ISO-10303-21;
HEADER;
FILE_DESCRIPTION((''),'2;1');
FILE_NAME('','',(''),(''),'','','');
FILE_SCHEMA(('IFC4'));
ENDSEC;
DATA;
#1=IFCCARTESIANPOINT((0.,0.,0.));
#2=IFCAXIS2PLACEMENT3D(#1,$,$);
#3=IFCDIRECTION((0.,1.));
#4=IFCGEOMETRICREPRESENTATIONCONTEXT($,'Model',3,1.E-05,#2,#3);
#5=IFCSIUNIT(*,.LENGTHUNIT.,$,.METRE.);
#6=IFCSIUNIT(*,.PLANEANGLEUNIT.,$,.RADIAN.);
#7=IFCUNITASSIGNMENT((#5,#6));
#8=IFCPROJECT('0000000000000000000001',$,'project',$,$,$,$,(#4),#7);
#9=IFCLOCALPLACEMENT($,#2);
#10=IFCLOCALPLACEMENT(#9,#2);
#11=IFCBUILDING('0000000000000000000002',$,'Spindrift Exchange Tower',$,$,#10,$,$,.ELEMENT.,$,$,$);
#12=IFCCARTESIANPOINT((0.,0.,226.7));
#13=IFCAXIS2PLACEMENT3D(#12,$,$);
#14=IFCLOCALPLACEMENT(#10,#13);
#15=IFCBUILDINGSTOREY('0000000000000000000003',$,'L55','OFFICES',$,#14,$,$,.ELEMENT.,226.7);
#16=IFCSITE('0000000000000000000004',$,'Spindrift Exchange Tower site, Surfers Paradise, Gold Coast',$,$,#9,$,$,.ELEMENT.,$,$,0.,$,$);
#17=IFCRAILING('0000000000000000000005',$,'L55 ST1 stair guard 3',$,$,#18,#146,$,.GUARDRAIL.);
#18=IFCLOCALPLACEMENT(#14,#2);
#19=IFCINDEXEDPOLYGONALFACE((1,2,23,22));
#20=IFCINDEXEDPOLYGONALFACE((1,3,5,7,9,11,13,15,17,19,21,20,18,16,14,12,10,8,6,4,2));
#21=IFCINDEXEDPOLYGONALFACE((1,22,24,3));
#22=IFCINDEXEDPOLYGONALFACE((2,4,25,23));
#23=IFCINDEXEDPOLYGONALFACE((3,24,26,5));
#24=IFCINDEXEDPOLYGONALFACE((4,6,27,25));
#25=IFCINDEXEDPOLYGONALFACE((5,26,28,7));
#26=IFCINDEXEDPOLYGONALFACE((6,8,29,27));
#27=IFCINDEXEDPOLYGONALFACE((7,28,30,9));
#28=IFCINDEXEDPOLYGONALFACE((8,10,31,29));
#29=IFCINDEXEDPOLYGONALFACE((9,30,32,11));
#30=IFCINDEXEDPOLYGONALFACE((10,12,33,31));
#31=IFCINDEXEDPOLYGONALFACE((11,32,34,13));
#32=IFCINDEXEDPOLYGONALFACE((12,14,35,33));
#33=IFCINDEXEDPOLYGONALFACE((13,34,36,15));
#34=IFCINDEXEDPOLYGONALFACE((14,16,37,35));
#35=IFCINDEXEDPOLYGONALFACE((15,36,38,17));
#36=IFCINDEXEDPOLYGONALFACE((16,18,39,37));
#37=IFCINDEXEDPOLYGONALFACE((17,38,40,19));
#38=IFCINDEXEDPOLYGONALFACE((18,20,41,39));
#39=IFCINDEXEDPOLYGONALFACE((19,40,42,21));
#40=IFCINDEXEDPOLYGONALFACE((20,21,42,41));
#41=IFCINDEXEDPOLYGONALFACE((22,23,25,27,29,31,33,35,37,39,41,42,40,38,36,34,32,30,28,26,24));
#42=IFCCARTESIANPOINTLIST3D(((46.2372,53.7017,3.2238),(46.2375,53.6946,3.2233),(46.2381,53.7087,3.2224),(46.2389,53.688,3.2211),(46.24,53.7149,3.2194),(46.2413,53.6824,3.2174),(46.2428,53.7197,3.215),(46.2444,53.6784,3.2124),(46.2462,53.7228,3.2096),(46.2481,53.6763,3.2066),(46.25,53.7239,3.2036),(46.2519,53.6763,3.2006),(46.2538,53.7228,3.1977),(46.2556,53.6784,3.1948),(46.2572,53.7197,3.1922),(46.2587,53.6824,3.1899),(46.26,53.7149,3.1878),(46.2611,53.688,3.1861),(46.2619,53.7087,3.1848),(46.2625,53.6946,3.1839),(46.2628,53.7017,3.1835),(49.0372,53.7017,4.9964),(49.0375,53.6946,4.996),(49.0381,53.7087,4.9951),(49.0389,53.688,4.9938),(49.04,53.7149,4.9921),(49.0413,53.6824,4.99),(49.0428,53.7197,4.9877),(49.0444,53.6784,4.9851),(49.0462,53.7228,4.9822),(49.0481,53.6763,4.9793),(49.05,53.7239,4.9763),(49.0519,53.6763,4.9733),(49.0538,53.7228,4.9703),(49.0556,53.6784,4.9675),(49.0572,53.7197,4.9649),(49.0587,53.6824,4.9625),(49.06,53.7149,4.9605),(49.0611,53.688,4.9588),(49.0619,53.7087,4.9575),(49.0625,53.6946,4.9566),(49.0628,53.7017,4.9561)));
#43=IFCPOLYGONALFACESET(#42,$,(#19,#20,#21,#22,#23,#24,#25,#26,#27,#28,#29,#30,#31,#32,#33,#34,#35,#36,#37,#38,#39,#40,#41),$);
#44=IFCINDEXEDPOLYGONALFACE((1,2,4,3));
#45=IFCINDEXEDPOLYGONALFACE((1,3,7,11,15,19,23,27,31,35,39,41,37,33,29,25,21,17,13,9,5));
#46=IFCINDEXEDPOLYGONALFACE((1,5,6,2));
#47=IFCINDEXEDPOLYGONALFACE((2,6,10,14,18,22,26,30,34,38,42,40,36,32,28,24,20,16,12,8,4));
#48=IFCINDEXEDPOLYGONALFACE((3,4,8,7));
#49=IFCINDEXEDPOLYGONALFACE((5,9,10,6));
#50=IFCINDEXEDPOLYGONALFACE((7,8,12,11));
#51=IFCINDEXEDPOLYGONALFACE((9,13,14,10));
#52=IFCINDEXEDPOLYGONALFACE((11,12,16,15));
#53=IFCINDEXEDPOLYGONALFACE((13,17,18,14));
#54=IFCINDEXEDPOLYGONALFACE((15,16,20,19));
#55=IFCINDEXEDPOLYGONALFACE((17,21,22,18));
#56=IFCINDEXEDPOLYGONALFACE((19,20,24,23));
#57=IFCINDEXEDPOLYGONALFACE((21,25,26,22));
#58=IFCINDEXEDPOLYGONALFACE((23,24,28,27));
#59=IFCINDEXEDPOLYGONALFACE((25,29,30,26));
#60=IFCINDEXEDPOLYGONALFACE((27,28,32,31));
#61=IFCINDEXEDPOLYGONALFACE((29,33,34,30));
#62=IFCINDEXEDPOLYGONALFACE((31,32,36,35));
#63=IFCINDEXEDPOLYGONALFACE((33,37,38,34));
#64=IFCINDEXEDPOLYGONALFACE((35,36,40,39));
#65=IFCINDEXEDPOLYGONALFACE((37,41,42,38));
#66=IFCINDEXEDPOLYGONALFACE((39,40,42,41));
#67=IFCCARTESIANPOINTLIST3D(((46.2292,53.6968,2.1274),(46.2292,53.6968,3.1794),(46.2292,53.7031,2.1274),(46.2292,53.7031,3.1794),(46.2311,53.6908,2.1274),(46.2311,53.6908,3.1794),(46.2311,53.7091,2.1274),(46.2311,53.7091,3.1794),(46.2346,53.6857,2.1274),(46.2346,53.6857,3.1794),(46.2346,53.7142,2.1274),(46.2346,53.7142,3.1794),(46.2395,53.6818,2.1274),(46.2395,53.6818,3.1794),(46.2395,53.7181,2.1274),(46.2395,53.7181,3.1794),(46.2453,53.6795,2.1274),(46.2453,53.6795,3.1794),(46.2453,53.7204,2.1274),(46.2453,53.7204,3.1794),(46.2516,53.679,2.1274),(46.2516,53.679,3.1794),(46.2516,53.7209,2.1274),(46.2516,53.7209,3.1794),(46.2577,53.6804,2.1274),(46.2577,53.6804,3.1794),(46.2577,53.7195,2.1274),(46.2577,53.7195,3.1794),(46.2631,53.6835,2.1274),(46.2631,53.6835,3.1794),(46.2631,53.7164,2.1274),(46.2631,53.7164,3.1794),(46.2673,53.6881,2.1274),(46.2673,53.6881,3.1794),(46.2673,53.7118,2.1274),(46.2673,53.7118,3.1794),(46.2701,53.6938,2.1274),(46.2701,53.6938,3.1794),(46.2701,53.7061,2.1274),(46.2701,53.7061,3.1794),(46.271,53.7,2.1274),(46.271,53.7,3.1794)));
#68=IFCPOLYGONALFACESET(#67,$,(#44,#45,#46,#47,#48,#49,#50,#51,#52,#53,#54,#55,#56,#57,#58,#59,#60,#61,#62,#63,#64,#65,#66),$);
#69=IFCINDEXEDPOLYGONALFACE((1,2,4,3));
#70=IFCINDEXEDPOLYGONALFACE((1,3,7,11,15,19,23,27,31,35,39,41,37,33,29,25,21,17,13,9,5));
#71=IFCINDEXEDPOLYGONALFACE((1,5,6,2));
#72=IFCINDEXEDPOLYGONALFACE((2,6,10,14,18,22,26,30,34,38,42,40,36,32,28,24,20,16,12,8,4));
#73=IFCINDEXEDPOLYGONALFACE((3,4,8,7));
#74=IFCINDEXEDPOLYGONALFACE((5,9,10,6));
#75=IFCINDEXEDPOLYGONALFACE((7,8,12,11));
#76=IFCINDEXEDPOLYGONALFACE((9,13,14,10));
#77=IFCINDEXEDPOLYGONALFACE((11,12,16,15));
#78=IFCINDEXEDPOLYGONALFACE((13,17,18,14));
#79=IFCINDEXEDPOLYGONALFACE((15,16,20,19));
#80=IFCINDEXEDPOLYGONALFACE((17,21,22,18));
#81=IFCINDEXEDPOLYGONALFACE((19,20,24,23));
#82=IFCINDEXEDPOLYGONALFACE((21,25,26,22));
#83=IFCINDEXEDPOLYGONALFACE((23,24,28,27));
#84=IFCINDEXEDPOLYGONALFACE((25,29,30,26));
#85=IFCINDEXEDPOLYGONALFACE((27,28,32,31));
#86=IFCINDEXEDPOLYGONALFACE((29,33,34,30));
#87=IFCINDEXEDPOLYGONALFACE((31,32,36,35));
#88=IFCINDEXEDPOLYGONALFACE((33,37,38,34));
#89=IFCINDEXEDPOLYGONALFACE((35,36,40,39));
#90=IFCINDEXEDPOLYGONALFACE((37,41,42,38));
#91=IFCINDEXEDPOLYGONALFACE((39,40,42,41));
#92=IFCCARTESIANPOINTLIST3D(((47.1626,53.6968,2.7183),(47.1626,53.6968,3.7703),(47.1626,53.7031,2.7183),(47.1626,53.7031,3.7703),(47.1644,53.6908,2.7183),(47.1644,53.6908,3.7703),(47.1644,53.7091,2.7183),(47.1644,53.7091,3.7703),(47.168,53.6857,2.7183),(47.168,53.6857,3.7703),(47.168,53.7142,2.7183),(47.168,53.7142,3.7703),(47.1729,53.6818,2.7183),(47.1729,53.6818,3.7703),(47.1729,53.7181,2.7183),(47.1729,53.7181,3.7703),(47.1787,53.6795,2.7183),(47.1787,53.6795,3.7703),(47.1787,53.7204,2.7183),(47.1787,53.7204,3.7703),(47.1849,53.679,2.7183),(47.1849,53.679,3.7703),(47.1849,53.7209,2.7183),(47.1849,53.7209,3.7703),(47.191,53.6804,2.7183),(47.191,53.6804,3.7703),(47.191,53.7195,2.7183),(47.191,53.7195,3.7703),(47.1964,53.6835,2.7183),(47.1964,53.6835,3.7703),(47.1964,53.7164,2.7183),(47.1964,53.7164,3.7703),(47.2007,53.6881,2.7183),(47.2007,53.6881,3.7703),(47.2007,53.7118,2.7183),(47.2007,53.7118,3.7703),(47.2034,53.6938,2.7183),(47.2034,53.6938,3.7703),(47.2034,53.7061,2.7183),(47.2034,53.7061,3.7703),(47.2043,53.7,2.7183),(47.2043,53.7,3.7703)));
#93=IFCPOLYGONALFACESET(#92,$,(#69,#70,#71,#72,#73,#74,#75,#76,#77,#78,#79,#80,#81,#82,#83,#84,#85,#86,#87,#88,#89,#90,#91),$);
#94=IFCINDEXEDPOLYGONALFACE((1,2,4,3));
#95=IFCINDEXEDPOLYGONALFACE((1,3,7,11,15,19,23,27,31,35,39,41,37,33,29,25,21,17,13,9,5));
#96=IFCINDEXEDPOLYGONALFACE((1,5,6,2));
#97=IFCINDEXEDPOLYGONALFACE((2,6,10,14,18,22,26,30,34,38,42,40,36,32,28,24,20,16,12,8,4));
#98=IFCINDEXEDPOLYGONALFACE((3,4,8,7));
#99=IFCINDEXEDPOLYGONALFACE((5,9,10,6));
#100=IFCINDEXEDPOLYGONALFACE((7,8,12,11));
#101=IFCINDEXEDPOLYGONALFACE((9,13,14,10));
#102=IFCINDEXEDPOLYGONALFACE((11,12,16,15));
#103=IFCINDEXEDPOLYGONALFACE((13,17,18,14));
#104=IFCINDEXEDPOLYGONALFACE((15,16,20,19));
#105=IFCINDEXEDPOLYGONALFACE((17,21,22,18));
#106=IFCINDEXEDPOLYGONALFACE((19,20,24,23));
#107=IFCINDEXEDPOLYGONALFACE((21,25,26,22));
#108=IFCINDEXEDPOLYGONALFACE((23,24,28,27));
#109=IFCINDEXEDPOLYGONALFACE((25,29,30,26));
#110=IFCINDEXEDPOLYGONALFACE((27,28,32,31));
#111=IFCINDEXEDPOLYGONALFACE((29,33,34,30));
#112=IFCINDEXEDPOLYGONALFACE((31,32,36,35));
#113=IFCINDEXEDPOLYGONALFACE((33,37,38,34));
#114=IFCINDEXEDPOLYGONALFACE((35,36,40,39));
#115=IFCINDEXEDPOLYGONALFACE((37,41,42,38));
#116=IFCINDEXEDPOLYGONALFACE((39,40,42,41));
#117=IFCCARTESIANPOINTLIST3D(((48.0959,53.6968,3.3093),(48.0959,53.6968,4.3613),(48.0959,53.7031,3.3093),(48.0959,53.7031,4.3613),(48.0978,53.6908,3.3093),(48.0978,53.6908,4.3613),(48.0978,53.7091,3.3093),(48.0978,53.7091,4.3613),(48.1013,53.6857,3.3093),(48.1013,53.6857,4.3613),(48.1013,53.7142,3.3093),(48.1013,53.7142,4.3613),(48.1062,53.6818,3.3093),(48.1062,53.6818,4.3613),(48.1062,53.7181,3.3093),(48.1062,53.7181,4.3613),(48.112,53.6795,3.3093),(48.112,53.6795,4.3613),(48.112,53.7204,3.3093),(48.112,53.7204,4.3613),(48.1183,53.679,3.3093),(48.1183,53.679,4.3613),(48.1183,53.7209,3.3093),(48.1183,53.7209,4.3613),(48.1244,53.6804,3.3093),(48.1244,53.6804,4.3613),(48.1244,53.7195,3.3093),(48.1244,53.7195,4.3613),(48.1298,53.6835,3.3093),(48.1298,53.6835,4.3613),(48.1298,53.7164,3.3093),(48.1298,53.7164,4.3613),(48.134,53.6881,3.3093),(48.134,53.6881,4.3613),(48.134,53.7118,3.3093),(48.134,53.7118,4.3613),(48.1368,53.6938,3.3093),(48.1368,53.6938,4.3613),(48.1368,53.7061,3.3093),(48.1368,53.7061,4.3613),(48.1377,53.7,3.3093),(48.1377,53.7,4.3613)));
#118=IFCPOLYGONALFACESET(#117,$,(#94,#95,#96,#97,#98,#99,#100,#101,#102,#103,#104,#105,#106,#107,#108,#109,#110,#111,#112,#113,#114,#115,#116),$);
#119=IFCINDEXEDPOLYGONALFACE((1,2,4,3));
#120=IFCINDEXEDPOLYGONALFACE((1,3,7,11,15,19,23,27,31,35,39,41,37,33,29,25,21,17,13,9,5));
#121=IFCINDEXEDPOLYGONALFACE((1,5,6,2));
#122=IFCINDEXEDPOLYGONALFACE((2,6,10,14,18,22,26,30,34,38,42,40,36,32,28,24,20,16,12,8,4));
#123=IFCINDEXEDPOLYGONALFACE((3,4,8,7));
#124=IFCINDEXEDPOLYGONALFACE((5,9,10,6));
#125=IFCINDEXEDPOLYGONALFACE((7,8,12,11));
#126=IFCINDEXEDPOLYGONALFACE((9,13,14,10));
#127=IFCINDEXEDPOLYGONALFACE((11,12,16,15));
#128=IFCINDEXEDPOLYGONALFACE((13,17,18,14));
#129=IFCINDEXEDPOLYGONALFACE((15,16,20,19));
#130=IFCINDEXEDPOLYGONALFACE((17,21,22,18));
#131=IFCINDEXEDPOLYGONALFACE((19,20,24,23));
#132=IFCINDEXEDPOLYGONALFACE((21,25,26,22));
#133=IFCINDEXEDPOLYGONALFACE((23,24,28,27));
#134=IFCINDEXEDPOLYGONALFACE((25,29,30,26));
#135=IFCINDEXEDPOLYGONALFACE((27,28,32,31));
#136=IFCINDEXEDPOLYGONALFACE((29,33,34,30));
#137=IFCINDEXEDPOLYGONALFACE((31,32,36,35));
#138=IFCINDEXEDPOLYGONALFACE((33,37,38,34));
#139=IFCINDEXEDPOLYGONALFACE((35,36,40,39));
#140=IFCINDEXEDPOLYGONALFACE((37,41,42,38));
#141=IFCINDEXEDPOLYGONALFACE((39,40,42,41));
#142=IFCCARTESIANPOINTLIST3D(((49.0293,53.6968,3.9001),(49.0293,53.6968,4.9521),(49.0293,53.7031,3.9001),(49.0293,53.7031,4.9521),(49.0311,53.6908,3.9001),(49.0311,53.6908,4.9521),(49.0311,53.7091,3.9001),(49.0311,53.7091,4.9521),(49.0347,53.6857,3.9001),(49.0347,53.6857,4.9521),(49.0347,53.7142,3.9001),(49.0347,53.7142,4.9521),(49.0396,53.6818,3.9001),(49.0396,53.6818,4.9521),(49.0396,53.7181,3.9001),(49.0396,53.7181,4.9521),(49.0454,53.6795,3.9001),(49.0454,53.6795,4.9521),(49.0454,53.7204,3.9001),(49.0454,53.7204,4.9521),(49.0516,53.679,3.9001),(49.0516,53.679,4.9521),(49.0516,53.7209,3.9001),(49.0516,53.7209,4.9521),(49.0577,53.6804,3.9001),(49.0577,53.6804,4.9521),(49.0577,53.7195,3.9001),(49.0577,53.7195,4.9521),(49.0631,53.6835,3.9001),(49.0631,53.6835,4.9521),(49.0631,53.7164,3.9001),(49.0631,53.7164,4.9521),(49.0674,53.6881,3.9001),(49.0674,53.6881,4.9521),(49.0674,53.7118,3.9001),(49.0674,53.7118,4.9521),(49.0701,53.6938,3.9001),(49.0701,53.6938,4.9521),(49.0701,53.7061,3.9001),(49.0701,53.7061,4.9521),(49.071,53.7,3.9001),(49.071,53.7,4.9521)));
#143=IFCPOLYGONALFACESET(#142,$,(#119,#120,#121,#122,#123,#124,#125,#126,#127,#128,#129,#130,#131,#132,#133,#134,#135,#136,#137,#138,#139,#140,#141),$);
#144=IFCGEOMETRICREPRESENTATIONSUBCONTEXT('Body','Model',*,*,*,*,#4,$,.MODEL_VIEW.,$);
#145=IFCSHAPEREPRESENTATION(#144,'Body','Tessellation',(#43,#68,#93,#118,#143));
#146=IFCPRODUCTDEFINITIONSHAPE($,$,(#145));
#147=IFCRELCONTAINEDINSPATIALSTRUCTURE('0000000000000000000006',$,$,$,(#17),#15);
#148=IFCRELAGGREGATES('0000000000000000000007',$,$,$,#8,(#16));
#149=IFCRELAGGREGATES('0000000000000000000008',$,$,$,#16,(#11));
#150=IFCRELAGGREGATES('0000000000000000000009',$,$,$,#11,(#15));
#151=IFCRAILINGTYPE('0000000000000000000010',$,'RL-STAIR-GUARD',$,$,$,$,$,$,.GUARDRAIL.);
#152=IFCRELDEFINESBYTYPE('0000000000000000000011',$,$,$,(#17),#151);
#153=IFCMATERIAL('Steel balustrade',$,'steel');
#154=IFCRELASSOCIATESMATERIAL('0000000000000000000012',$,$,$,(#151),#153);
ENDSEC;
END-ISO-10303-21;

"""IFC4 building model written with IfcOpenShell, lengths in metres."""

from ifc_helpers import new_model, si_unit, direction, frame, origin, origin_2d, place, context, subcontext, project, spatial, circle, extrude, material, type_object, element, save


model = new_model("IFC4")

# Units and contexts
model_context = context("Model", 3, precision=1e-05, world=origin(), true_north=direction((0.0, 1.0)))
body_context = subcontext(model_context, "Body", "Model", "MODEL_VIEW")
ifc_project = project(units=[si_unit("LENGTHUNIT", "METRE"), si_unit("PLANEANGLEUNIT", "RADIAN")], contexts=[model_context])

# Site, building, storey
site_placement = place(None, origin())
site = spatial("IfcSite", under=ifc_project, at=site_placement, Name="Spindrift Exchange Tower site, Surfers Paradise, Gold Coast", CompositionType="ELEMENT", RefElevation=0.0)
building_placement = place(site_placement, origin())
building = spatial("IfcBuilding", under=site, at=building_placement, Name="Spindrift Exchange Tower", CompositionType="ELEMENT")
storey_placement = place(building_placement, frame((0.0, 0.0, 226.7)))
storey = spatial("IfcBuildingStorey", under=building, at=storey_placement, Name="L55", Description="OFFICES", CompositionType="ELEMENT", Elevation=226.7)

# Railing
ifc_material_1 = material(Name="Steel balustrade", Category="steel")
railing_type_1 = type_object("IfcRailingType", Name="RL-STAIR-GUARD", PredefinedType="GUARDRAIL", material=ifc_material_1)
railing_1_placement = place(storey_placement, frame((46.25, 53.7, 2.1274)))
element("IfcRailing", 1, at=railing_1_placement, inside=storey, type_object=railing_type_1, Name="L55 ST1 stair guard 3", PredefinedType="GUARDRAIL", context=body_context, shape_type="SweptSolid", body=[
    extrude(circle(Radius=0.0239, at=origin_2d()), frame((0.0, 0.0, 1.0762), z_axis=(0.844909, 0.0, 0.53491), x_axis=(0.0, 1.0, 0.0)), (0.0, 0.0, 1.0), 3.314),
    extrude(circle(Radius=0.021, at=origin_2d()), origin(), (0.0, 0.0, 1.0), 1.052),
    extrude(circle(Radius=0.021, at=origin_2d()), frame((0.9333, 0.0, 0.5908)), (0.0, 0.0, 1.0), 1.052),
    extrude(circle(Radius=0.021, at=origin_2d()), frame((1.8667, 0.0, 1.1819)), (0.0, 0.0, 1.0), 1.052),
    extrude(circle(Radius=0.021, at=origin_2d()), frame((2.8, 0.0, 1.7727)), (0.0, 0.0, 1.0), 1.052),
])

save(model, "model.ifc")
